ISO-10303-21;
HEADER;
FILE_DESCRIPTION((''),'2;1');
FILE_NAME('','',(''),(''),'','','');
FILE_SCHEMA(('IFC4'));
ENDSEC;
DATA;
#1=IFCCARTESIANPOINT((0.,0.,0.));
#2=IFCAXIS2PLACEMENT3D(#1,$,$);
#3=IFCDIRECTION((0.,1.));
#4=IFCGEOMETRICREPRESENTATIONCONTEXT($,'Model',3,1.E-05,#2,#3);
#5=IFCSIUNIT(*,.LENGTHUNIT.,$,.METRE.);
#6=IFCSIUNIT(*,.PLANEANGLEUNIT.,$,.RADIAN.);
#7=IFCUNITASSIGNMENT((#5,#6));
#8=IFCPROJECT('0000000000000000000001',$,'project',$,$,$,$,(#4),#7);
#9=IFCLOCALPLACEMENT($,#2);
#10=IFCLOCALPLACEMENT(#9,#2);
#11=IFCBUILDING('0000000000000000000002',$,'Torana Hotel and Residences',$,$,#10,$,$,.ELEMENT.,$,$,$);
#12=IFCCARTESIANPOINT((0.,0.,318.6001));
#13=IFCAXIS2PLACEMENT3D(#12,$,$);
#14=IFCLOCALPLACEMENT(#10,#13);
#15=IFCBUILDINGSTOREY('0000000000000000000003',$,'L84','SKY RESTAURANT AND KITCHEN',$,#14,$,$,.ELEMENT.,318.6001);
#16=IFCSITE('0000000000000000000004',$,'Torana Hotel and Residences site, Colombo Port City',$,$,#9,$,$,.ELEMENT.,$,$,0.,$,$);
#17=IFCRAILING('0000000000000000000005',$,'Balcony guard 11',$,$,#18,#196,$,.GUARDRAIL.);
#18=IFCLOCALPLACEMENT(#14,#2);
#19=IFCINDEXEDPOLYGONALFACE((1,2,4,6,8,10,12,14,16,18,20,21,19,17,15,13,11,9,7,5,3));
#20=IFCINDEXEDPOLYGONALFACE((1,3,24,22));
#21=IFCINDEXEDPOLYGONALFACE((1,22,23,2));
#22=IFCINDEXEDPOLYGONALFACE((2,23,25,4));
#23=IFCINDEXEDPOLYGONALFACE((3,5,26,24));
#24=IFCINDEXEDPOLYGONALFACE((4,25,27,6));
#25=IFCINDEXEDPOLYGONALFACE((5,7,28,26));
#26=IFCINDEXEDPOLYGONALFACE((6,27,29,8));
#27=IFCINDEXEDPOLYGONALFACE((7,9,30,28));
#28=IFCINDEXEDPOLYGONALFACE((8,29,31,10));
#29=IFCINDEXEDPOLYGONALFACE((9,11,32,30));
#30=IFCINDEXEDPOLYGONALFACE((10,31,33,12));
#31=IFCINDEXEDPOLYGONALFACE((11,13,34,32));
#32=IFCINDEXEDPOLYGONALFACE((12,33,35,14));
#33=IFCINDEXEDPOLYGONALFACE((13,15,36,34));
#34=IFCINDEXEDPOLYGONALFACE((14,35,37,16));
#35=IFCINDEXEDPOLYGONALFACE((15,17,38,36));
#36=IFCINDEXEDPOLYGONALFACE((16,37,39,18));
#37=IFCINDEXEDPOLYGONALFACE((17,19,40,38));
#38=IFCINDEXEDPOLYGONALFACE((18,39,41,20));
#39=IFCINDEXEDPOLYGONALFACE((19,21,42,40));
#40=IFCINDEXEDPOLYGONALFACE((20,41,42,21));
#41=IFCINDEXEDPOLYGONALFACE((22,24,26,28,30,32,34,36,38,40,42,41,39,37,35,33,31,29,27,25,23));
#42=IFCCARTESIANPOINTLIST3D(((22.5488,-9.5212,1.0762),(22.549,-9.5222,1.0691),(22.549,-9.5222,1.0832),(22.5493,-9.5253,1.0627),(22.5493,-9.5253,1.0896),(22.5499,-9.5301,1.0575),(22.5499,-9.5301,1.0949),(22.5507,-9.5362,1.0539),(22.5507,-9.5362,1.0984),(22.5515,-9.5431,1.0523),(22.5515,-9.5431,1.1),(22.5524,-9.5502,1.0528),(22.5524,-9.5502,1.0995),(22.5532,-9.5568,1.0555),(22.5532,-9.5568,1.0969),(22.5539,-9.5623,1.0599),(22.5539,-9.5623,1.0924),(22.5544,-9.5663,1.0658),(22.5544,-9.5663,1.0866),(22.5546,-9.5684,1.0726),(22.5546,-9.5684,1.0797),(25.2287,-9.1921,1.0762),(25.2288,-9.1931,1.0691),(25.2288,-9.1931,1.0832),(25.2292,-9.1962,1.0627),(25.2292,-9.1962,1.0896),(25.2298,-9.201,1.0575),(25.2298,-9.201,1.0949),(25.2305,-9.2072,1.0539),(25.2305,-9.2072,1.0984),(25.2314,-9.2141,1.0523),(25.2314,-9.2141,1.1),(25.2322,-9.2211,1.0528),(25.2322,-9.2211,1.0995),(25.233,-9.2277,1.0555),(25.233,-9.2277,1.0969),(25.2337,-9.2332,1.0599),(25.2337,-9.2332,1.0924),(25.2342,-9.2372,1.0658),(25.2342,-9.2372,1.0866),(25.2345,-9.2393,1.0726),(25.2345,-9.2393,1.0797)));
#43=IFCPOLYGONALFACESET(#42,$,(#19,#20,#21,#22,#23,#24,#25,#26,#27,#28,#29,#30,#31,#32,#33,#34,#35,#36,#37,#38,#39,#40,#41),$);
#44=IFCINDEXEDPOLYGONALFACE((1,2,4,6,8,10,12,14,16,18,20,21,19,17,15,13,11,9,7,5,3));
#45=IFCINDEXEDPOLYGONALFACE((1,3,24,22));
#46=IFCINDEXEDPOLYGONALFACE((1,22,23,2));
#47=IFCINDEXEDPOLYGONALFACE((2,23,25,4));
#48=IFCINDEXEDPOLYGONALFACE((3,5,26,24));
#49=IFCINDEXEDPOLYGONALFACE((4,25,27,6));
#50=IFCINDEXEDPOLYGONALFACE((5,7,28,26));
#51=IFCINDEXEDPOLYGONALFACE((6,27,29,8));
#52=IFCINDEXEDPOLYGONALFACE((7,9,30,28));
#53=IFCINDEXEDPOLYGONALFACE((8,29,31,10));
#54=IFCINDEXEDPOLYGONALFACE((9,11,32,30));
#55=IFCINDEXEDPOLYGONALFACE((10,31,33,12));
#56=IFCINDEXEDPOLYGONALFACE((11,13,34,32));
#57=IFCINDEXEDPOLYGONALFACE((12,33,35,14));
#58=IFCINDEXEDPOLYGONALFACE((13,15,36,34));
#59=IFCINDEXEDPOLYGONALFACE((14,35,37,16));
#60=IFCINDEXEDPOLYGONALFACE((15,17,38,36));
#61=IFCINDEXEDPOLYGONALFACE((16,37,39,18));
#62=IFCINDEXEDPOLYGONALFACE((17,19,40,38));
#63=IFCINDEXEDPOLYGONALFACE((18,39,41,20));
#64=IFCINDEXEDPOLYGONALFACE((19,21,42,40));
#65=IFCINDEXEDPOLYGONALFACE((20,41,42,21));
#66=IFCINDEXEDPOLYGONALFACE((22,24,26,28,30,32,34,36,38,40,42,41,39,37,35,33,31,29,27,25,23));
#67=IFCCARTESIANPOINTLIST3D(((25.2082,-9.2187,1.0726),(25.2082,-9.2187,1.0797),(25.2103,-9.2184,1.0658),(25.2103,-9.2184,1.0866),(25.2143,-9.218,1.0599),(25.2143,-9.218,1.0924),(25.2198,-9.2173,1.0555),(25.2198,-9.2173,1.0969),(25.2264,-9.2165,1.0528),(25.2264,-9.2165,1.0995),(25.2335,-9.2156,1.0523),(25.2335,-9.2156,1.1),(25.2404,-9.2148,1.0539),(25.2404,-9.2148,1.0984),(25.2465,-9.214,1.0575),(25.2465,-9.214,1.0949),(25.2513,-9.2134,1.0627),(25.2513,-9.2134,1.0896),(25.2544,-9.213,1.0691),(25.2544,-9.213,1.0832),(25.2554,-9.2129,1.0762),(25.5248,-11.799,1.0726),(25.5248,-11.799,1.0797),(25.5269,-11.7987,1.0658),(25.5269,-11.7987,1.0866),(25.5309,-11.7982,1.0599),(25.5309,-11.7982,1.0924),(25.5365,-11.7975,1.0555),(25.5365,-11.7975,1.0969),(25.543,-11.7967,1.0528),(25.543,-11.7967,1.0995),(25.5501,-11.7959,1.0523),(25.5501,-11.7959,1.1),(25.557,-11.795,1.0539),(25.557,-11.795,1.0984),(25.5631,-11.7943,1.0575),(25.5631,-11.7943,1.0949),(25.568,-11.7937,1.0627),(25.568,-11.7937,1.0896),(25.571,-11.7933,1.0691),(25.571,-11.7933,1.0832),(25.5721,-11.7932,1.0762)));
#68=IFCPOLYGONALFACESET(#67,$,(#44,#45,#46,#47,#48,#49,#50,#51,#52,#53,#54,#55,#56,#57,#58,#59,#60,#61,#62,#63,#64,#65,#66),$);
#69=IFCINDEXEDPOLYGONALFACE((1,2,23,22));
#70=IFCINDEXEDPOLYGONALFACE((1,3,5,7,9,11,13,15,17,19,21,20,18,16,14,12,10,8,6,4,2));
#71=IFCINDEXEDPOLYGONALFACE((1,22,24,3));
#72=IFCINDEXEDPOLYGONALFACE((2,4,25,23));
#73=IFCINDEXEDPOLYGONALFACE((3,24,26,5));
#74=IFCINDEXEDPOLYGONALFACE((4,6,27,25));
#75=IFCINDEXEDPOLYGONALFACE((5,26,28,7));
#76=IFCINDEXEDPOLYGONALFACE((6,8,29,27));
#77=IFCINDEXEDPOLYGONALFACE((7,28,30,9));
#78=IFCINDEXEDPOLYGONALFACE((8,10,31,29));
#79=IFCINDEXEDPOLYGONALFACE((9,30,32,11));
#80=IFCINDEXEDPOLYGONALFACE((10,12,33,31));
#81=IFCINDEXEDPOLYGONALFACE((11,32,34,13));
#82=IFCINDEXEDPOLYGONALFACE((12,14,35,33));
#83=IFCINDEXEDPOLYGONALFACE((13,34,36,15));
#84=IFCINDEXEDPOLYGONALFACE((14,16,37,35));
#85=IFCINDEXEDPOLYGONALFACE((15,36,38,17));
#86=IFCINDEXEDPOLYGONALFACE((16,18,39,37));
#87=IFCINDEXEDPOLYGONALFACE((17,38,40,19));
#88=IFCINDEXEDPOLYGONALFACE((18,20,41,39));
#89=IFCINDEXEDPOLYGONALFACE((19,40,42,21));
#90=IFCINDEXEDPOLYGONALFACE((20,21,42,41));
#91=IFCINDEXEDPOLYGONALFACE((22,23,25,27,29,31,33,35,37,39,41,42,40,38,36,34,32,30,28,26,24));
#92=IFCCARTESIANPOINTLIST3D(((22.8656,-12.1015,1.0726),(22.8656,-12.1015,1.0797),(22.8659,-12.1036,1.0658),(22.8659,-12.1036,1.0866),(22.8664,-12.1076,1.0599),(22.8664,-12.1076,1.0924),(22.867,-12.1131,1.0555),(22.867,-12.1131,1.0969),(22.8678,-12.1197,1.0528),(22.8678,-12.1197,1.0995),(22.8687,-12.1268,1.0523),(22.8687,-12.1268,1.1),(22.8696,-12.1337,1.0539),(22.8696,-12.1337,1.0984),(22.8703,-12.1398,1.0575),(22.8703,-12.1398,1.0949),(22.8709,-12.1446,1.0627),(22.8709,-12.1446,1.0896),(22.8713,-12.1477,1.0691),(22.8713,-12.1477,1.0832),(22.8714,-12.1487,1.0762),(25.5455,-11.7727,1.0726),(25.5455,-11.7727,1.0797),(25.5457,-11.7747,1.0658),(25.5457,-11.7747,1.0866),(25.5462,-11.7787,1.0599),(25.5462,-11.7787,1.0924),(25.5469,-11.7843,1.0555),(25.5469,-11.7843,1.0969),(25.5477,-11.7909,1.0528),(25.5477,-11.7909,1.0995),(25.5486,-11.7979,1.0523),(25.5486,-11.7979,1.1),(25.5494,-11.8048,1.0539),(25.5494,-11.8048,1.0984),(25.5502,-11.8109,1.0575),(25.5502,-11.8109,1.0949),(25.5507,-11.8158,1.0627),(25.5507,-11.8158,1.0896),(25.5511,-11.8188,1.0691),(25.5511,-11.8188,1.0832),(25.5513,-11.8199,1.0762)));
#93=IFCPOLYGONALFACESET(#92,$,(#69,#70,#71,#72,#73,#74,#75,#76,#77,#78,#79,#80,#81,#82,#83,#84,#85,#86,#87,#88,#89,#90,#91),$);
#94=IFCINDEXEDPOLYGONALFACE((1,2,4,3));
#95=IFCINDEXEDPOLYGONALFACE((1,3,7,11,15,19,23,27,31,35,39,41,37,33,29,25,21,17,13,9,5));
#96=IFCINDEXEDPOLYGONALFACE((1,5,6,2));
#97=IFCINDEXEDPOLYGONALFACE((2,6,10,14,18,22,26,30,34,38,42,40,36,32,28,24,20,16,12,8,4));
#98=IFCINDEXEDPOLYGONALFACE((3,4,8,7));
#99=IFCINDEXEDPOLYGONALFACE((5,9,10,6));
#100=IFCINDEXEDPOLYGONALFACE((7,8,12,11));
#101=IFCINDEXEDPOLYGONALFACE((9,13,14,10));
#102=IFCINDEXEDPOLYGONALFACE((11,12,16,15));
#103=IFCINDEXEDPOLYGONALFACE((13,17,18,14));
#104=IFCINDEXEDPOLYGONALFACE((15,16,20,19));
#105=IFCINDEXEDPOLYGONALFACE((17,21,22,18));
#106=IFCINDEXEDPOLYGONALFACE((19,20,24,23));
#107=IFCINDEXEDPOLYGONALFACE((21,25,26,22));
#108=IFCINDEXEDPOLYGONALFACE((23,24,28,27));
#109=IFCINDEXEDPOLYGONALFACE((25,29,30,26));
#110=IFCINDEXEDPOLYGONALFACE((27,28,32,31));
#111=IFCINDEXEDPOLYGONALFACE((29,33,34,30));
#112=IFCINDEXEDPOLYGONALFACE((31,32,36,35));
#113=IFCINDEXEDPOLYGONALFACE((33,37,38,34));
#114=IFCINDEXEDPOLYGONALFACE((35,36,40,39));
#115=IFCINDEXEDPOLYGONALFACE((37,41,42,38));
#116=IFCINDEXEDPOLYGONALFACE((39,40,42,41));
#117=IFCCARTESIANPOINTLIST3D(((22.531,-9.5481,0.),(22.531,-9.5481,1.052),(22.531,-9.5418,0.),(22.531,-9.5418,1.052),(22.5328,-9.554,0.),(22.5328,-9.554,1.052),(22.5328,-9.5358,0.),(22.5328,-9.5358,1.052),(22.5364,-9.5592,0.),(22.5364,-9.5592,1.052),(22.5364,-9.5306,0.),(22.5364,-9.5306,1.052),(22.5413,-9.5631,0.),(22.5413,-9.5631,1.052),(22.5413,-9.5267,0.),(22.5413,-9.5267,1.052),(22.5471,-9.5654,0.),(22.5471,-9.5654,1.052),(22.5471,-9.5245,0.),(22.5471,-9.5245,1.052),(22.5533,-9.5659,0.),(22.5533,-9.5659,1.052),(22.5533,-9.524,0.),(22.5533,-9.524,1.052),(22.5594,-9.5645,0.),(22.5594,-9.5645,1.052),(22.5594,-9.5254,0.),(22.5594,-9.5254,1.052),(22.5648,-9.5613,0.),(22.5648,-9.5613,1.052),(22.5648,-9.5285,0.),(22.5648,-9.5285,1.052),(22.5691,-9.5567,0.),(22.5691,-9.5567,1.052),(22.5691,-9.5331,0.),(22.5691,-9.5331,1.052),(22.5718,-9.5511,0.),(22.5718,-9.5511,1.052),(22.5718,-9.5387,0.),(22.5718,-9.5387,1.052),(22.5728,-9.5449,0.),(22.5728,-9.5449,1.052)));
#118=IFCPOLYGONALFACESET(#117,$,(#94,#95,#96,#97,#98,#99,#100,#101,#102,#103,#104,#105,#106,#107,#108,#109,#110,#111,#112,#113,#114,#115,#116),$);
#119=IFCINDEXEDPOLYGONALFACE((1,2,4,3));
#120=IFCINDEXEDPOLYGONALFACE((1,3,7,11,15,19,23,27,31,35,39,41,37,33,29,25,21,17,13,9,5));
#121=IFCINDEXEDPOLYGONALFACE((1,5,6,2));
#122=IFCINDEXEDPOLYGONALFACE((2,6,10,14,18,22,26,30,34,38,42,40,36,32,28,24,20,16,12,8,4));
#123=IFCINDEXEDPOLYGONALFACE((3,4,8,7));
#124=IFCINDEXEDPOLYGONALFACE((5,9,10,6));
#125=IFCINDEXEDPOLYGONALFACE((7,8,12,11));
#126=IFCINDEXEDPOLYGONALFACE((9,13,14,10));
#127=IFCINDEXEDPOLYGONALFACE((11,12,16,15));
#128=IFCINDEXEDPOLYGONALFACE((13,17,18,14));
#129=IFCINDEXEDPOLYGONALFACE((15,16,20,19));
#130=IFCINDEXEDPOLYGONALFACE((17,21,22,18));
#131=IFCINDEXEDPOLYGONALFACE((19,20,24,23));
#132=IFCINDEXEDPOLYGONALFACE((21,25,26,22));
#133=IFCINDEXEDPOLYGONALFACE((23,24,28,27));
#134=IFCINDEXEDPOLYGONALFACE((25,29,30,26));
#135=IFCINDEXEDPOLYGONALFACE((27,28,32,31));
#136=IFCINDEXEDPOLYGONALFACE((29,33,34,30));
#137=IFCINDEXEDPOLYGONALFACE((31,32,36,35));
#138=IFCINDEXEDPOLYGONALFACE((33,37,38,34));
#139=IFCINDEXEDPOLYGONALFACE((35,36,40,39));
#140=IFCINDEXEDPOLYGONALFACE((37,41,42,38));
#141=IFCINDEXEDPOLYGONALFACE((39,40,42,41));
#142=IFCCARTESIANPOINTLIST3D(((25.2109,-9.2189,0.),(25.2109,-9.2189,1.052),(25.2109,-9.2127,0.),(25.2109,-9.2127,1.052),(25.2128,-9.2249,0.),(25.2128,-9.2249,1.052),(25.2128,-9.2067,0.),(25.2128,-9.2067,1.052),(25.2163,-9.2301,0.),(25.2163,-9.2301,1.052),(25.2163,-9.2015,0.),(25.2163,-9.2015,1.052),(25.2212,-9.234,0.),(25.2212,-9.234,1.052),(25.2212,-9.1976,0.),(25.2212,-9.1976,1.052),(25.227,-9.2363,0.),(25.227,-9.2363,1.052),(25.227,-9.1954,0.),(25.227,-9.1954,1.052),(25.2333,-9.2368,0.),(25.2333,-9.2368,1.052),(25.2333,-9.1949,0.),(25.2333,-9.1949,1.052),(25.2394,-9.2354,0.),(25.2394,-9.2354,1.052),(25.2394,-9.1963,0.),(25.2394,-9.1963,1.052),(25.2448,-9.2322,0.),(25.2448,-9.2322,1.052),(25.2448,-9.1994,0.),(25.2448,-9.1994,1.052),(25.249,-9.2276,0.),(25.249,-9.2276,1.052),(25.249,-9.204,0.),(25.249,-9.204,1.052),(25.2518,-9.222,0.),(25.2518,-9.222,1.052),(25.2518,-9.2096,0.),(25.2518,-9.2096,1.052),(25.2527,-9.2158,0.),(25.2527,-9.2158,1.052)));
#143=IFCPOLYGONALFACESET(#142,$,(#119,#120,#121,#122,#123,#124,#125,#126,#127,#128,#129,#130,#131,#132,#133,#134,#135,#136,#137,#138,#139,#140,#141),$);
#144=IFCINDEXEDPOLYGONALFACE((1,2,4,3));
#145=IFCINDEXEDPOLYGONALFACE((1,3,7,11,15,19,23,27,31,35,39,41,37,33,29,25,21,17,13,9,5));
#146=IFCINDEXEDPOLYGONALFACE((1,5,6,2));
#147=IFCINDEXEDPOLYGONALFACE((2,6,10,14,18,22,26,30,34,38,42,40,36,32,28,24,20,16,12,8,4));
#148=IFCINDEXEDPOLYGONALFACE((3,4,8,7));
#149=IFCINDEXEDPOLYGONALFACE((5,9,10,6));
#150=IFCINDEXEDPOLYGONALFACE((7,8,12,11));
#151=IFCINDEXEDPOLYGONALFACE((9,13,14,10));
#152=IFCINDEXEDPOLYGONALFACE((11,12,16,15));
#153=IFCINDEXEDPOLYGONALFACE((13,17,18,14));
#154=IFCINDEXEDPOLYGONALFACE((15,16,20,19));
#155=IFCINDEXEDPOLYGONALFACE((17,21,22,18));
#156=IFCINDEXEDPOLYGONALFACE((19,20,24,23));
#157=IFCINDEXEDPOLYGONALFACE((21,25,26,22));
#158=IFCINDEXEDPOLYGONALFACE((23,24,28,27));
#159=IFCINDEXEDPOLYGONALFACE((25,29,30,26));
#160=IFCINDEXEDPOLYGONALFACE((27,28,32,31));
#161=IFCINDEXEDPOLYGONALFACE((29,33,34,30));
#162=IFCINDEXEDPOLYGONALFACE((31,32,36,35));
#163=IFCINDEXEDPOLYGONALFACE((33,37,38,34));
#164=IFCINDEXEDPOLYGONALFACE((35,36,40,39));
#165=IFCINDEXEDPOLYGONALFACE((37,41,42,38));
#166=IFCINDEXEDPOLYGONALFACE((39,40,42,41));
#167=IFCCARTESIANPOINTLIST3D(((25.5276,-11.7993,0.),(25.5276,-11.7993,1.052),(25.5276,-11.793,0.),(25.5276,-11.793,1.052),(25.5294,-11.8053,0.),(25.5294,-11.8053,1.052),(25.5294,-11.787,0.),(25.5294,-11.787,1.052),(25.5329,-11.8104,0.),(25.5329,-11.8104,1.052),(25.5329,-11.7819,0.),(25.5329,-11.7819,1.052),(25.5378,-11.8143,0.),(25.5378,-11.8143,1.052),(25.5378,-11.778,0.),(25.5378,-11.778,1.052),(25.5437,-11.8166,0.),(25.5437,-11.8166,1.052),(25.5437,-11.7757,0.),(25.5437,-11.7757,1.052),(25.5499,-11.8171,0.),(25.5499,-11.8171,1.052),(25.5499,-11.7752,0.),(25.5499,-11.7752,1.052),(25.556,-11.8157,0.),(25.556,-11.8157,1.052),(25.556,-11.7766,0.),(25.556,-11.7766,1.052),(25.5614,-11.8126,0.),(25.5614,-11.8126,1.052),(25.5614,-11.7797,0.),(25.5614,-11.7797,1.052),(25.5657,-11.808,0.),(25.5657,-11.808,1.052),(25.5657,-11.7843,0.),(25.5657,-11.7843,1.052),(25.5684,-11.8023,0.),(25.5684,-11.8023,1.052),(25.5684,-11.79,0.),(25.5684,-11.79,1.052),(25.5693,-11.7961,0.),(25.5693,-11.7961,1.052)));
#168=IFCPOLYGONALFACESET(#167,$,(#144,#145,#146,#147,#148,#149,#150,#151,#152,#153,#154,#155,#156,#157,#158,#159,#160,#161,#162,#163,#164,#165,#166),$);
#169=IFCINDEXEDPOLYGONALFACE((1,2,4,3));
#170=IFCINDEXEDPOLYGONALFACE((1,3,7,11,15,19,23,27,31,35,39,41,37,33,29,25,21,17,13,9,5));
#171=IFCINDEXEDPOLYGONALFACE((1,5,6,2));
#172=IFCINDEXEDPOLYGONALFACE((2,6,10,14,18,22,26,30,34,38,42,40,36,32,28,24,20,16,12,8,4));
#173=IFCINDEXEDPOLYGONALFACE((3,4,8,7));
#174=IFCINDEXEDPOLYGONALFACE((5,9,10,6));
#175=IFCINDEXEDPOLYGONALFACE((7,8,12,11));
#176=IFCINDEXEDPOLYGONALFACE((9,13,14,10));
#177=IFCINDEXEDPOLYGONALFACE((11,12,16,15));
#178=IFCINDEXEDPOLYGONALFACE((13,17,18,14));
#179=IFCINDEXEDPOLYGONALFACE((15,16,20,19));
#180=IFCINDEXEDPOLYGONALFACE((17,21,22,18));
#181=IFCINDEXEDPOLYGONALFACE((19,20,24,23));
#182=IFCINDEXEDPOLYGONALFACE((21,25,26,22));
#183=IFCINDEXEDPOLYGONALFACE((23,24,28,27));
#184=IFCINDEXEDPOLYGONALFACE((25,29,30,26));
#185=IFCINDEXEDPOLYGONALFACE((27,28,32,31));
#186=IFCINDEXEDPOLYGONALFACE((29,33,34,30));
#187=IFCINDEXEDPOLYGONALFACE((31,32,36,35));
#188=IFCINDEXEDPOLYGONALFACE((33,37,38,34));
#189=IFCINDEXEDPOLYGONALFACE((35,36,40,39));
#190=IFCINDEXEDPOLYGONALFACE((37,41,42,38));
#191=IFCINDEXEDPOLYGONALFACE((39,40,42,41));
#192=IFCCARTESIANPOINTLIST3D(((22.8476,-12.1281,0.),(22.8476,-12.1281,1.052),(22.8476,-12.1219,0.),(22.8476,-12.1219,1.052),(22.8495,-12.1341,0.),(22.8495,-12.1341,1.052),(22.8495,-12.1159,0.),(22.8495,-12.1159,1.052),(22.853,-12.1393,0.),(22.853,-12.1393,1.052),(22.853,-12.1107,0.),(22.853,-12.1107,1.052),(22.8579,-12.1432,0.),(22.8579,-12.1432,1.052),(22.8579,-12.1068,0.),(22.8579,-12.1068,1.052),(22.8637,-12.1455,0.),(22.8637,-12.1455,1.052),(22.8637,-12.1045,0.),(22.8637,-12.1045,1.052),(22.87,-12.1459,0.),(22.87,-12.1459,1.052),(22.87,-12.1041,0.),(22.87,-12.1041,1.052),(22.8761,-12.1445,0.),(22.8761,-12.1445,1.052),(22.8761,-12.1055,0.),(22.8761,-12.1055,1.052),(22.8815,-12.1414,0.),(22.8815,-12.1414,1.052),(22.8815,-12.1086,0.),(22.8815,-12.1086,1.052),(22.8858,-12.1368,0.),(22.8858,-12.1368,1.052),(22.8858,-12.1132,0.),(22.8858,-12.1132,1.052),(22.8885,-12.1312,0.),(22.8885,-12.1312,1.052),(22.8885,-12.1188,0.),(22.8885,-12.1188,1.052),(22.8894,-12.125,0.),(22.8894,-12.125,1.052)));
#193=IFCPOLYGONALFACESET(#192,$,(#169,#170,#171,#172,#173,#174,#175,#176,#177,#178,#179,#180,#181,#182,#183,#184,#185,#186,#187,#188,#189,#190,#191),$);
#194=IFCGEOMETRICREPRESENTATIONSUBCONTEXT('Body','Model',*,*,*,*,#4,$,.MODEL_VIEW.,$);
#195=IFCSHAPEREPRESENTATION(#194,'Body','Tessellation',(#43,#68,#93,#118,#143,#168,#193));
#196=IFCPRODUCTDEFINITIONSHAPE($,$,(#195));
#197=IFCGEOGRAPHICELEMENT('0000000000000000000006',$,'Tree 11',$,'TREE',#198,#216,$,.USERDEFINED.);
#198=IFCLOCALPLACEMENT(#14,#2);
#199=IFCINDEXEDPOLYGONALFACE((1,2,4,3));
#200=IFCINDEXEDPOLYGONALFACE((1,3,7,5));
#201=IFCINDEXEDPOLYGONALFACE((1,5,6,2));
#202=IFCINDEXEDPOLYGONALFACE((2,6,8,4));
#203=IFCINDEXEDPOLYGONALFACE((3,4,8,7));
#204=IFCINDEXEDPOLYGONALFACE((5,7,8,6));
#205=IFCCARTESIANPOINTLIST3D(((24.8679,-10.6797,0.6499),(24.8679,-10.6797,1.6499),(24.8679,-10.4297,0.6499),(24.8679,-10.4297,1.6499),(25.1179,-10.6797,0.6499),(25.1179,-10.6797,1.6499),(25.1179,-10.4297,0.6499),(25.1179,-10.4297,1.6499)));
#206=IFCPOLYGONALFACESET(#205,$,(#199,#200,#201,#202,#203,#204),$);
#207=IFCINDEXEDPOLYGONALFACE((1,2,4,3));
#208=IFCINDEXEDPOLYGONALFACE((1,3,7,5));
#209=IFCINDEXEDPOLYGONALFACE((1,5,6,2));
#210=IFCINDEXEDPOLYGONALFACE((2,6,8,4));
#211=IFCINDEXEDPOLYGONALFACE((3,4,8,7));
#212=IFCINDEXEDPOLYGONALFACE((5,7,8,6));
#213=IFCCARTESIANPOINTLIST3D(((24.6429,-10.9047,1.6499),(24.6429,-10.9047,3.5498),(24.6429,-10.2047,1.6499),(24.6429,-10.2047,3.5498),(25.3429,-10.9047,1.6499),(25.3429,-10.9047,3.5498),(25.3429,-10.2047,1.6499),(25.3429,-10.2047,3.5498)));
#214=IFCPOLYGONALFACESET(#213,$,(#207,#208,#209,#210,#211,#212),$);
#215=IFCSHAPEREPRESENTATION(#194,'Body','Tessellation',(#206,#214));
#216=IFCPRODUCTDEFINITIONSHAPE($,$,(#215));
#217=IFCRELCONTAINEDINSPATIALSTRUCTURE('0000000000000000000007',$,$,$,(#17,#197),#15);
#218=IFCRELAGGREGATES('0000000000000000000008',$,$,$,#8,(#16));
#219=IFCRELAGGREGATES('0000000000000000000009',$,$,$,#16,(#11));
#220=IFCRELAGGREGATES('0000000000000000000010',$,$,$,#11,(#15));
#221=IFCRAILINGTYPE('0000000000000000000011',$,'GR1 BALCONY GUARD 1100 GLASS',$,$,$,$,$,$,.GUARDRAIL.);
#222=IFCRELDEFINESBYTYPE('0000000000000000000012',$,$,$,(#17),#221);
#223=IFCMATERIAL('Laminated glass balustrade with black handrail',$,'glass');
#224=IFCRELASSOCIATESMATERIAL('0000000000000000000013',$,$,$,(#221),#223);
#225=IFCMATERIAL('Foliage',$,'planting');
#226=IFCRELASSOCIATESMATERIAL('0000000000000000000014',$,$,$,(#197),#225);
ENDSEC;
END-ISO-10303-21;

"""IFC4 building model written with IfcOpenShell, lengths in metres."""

from ifc_helpers import new_model, si_unit, direction, frame, origin, origin_2d, place, context, subcontext, project, spatial, rectangle, circle, extrude, material, type_object, element, save


model = new_model("IFC4")

# Units and contexts
model_context = context("Model", 3, precision=1e-05, world=origin(), true_north=direction((0.0, 1.0)))
body_context = subcontext(model_context, "Body", "Model", "MODEL_VIEW")
ifc_project = project(units=[si_unit("LENGTHUNIT", "METRE"), si_unit("PLANEANGLEUNIT", "RADIAN")], contexts=[model_context])

# Site, building, storey
site_placement = place(None, origin())
site = spatial("IfcSite", under=ifc_project, at=site_placement, Name="Torana Hotel and Residences site, Colombo Port City", CompositionType="ELEMENT", RefElevation=0.0)
building_placement = place(site_placement, origin())
building = spatial("IfcBuilding", under=site, at=building_placement, Name="Torana Hotel and Residences", CompositionType="ELEMENT")
storey_placement = place(building_placement, frame((0.0, 0.0, 318.6001)))
storey = spatial("IfcBuildingStorey", under=building, at=storey_placement, Name="L84", Description="SKY RESTAURANT AND KITCHEN", CompositionType="ELEMENT", Elevation=318.6001)

# Railing
ifc_material_1 = material(Name="Laminated glass balustrade with black handrail", Category="glass")
railing_type = type_object("IfcRailingType", Name="GR1 BALCONY GUARD 1100 GLASS", PredefinedType="GUARDRAIL", material=ifc_material_1)
railing_1_placement = place(storey_placement, frame((22.5518, -9.5449, 0.0)))
element("IfcRailing", 1, at=railing_1_placement, inside=storey, type_object=railing_type, Name="Balcony guard 11", PredefinedType="GUARDRAIL", context=body_context, shape_type="SweptSolid", body=[
    extrude(circle(Radius=0.0239, at=origin_2d()), frame((0.0, 0.0, 1.0762), z_axis=(0.992544, 0.121887, 0.0), x_axis=(-0.121887, 0.992544, 0.0)), (0.0, 0.0, 1.0), 2.7),
    extrude(circle(Radius=0.0239, at=origin_2d()), frame((2.6799, 0.3291, 1.0762), z_axis=(0.121804, -0.992554, 0.0), x_axis=(0.992554, 0.121804, 0.0)), (0.0, 0.0, 1.0), 2.5996),
    extrude(circle(Radius=0.0239, at=origin_2d()), frame((2.9966, -2.2512, 1.0762), z_axis=(-0.992555, -0.121798, 0.0), x_axis=(0.121798, -0.992555, 0.0)), (0.0, 0.0, 1.0), 2.7),
    extrude(circle(Radius=0.021, at=origin_2d()), origin(), (0.0, 0.0, 1.0), 1.052),
    extrude(circle(Radius=0.021, at=origin_2d()), frame((2.6799, 0.3291, 0.0)), (0.0, 0.0, 1.0), 1.052),
    extrude(circle(Radius=0.021, at=origin_2d()), frame((2.9966, -2.2512, 0.0)), (0.0, 0.0, 1.0), 1.052),
    extrude(circle(Radius=0.021, at=origin_2d()), frame((0.3167, -2.5801, 0.0)), (0.0, 0.0, 1.0), 1.052),
])

# Geographic element
ifc_material_2 = material(Name="Foliage", Category="planting")
geographic_element_placement = place(storey_placement, frame((24.9929, -10.5547, 0.6499), z_axis=(0.0, 0.0, 1.0), x_axis=(1.0, 0.0, 0.0)))
element("IfcGeographicElement", 2, at=geographic_element_placement, inside=storey, material=ifc_material_2, Name="Tree 11", ObjectType="TREE", PredefinedType="USERDEFINED", context=body_context, shape_type="SweptSolid", body=[
    extrude(rectangle(XDim=0.25, YDim=0.25, at=origin_2d()), origin(), (0.0, 0.0, 1.0), 1.0),
    extrude(rectangle(XDim=0.7, YDim=0.7, at=origin_2d()), frame((0.0, 0.0, 1.0)), (0.0, 0.0, 1.0), 1.8999),
])

save(model, "model.ifc")
